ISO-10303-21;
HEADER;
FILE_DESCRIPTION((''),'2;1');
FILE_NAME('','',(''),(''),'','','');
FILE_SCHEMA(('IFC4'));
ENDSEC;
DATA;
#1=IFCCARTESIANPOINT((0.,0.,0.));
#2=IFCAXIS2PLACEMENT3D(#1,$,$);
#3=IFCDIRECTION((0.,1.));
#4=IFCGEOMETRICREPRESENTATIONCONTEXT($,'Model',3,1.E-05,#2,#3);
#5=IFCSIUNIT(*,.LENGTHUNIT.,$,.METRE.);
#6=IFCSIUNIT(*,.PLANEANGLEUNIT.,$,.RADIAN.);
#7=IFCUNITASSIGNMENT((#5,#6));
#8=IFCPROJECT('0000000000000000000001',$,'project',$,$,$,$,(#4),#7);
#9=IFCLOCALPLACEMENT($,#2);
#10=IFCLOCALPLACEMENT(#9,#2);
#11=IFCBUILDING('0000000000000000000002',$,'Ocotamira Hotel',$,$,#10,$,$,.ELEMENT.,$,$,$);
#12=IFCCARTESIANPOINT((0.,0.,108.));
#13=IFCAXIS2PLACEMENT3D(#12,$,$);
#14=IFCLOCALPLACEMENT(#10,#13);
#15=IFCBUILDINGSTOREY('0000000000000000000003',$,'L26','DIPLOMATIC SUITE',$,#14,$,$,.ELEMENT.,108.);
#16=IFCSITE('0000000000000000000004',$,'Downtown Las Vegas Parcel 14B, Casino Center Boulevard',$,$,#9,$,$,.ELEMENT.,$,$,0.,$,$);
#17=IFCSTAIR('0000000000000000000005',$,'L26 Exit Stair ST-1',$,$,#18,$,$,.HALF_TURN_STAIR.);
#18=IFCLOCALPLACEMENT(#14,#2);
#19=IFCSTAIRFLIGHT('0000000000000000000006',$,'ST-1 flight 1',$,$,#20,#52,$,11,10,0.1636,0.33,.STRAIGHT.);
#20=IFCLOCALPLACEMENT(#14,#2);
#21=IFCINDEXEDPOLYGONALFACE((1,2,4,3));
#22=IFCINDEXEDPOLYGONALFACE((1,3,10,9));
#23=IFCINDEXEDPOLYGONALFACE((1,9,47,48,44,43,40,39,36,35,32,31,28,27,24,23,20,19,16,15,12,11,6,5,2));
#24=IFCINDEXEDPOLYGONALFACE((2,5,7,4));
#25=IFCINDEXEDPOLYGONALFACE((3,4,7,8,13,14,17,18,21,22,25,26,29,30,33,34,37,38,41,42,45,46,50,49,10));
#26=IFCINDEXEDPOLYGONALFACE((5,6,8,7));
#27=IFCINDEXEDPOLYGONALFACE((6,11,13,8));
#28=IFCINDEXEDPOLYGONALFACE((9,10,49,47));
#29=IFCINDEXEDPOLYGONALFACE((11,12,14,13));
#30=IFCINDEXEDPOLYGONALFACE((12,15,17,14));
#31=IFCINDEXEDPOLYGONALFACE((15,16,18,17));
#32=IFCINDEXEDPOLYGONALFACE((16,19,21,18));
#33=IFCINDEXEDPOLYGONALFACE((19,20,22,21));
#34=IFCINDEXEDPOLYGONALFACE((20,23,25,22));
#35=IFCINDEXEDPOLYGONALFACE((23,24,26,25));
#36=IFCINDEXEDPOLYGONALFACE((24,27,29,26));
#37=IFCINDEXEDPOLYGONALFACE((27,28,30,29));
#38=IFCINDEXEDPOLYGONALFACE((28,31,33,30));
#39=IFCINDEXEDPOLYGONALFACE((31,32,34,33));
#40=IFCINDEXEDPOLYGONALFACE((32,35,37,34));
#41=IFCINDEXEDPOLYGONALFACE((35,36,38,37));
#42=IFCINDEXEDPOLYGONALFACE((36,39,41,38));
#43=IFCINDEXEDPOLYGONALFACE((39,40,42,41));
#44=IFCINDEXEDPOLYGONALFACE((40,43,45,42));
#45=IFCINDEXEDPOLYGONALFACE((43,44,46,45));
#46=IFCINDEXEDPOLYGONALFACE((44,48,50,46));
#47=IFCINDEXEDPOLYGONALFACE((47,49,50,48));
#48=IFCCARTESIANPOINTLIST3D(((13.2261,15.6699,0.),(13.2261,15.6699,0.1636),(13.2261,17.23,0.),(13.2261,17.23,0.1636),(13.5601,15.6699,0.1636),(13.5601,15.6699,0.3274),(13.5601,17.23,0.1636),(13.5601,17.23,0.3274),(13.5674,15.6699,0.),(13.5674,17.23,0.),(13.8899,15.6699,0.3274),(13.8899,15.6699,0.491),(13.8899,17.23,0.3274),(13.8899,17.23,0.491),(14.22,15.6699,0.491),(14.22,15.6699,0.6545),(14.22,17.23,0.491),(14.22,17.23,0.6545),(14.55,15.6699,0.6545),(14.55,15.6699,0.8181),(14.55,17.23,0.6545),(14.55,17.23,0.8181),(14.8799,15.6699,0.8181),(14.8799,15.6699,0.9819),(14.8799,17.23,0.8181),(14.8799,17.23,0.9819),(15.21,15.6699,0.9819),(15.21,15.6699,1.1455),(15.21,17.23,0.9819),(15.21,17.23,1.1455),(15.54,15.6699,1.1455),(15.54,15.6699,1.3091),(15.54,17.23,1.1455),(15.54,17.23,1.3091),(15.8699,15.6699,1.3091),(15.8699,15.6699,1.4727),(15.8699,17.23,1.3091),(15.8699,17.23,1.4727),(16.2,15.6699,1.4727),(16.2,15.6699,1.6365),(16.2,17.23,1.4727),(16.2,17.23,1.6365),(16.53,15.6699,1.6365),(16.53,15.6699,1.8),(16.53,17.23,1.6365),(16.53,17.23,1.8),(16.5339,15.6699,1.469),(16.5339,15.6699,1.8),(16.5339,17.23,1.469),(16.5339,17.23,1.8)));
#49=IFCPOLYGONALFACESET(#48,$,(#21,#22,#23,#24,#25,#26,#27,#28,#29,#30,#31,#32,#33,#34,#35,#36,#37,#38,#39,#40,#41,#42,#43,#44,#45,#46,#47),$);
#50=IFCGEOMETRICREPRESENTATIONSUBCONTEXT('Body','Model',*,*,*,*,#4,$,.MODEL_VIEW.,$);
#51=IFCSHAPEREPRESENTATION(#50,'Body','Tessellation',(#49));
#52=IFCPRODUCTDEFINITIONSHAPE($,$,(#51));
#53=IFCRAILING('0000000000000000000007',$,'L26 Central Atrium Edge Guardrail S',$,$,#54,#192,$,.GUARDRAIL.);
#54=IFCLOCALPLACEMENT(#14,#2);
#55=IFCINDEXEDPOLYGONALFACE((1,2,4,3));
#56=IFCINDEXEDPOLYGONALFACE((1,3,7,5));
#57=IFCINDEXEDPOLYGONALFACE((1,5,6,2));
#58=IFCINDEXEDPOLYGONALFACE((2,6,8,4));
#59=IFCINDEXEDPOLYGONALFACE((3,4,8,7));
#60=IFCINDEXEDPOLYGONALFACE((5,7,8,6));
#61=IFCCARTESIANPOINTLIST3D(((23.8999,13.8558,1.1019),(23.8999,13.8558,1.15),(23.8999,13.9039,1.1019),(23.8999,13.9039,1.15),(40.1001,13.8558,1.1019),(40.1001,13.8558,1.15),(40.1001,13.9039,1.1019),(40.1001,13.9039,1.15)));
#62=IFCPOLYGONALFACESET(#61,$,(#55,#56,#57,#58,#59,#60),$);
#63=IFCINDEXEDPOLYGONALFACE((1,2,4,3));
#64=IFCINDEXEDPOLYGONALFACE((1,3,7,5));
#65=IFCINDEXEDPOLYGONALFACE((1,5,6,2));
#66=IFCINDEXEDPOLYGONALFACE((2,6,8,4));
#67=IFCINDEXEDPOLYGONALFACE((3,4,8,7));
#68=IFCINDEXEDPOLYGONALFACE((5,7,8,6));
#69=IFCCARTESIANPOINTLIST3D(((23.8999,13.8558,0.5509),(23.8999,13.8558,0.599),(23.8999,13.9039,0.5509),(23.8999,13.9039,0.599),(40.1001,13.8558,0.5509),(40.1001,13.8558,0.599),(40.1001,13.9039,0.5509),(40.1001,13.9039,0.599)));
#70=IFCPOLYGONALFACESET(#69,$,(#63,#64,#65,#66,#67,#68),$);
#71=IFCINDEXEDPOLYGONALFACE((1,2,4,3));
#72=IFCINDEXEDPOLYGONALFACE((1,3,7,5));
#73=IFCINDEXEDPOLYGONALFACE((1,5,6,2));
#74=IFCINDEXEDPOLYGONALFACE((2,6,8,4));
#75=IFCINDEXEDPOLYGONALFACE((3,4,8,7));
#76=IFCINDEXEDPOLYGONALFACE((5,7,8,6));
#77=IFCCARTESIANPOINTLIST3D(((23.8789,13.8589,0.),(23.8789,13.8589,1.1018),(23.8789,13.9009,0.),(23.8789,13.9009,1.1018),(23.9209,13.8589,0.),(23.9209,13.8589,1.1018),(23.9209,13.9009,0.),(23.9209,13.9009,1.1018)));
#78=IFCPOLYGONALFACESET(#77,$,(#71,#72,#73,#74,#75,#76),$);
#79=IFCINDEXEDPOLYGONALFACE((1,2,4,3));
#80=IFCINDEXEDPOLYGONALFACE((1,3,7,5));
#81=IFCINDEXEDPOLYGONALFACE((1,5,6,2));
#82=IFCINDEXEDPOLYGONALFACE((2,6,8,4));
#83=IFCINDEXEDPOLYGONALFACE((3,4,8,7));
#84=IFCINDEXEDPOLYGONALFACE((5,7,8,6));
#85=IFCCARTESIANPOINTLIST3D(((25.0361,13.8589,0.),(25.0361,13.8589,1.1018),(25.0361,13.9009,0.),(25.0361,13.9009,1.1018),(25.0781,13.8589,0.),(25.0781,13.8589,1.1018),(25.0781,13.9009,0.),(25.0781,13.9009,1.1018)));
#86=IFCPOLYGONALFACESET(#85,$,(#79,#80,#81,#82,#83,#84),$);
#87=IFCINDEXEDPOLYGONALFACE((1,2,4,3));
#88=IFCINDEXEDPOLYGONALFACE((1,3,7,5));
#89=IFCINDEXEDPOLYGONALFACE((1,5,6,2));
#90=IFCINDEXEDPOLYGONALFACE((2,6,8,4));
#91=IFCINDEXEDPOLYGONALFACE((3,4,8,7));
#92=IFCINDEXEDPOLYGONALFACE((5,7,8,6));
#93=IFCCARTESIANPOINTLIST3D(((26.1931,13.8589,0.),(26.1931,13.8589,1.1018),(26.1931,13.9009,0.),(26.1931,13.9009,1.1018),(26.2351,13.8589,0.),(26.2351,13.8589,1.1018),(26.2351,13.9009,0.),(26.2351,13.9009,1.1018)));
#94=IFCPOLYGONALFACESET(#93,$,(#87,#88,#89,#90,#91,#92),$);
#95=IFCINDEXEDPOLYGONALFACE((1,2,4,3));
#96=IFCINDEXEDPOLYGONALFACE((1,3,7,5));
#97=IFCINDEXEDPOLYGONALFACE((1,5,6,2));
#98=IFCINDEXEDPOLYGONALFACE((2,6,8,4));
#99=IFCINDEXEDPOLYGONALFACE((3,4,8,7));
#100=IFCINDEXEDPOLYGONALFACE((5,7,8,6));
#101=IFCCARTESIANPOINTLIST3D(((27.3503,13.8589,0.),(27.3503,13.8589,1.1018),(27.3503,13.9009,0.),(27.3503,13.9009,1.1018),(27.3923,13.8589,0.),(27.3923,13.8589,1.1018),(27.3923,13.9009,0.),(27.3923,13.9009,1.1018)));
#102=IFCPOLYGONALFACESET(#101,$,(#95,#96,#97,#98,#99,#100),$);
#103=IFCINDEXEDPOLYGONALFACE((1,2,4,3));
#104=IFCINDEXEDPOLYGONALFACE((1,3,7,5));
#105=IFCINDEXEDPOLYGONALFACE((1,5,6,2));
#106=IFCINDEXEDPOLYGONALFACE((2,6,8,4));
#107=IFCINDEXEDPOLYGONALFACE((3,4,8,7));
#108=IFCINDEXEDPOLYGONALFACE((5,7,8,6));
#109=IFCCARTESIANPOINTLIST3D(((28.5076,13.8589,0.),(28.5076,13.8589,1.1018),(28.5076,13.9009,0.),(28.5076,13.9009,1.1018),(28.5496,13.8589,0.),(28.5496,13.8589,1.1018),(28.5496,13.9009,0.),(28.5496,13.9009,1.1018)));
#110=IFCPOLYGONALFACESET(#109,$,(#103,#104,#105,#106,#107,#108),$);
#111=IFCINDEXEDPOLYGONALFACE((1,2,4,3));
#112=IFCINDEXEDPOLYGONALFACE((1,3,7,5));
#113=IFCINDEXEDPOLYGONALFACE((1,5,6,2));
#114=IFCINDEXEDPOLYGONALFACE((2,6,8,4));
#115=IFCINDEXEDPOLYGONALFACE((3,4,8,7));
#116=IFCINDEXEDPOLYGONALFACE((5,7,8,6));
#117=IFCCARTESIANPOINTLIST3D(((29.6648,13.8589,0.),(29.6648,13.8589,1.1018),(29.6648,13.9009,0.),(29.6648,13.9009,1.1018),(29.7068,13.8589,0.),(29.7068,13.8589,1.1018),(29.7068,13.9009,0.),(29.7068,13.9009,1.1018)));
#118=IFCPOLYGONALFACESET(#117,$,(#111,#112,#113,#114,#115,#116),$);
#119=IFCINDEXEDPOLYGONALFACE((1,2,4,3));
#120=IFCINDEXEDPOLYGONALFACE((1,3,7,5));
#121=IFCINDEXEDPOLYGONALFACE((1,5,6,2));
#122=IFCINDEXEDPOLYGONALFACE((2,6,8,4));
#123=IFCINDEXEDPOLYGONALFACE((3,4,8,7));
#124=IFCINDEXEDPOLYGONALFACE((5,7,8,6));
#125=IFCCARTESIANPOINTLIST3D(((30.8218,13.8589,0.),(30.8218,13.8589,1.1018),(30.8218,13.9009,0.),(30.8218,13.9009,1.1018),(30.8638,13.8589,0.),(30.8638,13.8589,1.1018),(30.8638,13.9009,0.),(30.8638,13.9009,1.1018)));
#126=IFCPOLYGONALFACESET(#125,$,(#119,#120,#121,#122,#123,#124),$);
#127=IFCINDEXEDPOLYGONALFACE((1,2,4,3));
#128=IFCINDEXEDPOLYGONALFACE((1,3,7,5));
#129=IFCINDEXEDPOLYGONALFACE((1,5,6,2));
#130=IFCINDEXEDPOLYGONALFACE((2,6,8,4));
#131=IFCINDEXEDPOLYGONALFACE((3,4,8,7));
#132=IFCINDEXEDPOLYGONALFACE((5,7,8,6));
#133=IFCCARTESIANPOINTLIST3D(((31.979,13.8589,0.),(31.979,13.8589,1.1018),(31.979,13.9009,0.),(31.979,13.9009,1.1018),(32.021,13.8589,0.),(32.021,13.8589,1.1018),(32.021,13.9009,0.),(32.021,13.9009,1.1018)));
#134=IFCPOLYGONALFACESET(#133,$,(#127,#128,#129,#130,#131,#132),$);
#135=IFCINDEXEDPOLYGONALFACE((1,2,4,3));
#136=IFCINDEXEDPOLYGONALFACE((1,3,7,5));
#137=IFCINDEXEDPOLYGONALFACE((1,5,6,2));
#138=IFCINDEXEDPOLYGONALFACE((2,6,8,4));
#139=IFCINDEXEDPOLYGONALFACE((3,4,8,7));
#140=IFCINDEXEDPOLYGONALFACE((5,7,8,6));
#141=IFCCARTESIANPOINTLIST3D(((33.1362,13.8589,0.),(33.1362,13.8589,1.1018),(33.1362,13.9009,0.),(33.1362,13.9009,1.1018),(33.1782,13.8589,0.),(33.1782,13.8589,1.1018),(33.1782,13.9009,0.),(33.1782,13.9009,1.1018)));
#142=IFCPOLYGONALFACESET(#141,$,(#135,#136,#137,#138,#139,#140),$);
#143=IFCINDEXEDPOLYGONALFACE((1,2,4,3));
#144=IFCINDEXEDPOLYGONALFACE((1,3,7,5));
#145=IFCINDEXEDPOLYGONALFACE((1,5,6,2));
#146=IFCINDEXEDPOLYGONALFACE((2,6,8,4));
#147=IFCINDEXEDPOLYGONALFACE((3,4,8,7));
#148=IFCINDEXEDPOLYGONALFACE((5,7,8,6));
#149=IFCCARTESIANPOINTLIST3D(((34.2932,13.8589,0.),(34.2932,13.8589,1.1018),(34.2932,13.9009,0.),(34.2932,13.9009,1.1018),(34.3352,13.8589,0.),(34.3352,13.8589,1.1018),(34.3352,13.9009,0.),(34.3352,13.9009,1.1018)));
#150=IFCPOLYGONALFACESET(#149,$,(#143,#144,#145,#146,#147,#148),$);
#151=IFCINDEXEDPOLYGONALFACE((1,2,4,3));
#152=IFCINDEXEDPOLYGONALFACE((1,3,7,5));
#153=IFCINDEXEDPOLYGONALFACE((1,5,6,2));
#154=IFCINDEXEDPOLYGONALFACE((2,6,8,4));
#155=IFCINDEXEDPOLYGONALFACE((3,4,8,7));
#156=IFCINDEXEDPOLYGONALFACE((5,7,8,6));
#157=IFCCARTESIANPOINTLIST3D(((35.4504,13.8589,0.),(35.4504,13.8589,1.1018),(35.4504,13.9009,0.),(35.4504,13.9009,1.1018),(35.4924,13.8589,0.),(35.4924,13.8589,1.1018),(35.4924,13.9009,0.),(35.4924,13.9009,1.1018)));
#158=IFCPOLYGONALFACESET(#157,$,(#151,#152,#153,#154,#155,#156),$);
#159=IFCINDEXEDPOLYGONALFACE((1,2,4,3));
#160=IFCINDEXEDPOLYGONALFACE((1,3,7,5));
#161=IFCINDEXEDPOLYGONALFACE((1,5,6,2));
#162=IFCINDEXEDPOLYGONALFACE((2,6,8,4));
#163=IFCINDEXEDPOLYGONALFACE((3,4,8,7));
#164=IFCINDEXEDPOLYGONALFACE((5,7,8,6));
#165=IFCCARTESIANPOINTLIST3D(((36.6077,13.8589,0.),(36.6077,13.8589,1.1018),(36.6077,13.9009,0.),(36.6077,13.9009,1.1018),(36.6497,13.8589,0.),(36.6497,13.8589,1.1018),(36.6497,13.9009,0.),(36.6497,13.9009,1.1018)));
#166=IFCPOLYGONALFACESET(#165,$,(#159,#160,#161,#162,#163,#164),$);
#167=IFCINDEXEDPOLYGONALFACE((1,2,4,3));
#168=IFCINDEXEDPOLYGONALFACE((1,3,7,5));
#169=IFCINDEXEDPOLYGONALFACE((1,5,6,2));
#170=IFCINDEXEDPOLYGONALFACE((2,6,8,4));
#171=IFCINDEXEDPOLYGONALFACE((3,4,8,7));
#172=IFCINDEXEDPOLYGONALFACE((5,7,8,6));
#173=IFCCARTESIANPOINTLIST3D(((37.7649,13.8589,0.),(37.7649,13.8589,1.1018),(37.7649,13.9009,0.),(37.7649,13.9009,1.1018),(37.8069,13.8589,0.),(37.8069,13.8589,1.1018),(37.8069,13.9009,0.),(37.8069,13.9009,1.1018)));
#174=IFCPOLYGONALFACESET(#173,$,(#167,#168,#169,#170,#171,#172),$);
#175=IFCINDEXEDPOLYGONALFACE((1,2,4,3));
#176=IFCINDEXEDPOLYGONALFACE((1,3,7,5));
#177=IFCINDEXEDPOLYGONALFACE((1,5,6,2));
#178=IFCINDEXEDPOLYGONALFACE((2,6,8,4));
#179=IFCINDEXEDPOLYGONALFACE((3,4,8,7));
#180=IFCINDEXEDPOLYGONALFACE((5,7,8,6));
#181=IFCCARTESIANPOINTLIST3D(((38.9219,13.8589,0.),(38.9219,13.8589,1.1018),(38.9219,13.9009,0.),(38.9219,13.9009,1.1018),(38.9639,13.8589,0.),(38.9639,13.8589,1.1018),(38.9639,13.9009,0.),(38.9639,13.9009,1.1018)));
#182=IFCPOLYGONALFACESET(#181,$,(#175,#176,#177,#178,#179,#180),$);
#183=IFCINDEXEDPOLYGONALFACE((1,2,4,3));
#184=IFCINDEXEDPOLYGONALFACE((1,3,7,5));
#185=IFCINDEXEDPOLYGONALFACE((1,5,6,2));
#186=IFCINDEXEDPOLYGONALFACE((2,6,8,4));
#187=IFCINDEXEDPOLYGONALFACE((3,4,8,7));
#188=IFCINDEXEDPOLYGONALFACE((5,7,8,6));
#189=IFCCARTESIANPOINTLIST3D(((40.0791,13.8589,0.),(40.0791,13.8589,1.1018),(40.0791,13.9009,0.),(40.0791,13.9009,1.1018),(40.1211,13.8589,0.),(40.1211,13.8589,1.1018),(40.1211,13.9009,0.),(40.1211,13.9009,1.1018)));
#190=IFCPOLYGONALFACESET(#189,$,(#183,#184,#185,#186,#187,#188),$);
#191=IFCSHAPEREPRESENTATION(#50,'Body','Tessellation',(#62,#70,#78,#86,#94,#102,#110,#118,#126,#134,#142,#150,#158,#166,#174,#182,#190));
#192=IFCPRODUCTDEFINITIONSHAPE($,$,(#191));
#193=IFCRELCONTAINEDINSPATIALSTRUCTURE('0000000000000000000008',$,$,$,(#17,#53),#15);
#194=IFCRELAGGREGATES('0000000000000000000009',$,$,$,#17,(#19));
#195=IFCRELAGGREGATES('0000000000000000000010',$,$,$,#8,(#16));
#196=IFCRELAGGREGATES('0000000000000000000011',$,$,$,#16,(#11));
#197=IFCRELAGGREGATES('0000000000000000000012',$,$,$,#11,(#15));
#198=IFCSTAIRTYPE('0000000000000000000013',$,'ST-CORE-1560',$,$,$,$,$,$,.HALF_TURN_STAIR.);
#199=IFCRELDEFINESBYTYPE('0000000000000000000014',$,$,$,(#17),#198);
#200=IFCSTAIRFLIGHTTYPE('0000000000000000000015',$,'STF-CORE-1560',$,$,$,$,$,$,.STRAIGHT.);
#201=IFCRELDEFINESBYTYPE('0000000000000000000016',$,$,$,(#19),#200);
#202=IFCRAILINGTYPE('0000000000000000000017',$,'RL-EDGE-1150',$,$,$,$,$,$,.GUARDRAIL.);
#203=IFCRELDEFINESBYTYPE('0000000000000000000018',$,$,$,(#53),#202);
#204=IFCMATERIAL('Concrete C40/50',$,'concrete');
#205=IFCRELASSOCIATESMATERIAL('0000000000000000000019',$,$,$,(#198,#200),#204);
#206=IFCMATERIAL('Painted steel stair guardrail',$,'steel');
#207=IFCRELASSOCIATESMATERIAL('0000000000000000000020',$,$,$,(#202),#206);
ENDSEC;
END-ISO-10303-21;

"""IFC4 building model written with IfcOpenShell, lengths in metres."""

from ifc_helpers import new_model, si_unit, direction, frame, origin, origin_2d, place, context, subcontext, project, spatial, polyline, rectangle, outline, extrude, source, transform, mapped, material, type_object, element, aggregate, save


model = new_model("IFC4")

# Units and contexts
model_context = context("Model", 3, precision=1e-05, world=origin(), true_north=direction((0.0, 1.0)))
body_context = subcontext(model_context, "Body", "Model", "MODEL_VIEW")
ifc_project = project(units=[si_unit("LENGTHUNIT", "METRE"), si_unit("PLANEANGLEUNIT", "RADIAN")], contexts=[model_context])

# Site, building, storey
site_placement = place(None, origin())
site = spatial("IfcSite", under=ifc_project, at=site_placement, Name="Downtown Las Vegas Parcel 14B, Casino Center Boulevard", CompositionType="ELEMENT", RefElevation=0.0)
building_placement = place(site_placement, origin())
building = spatial("IfcBuilding", under=site, at=building_placement, Name="Ocotamira Hotel", CompositionType="ELEMENT")
storey_placement = place(building_placement, frame((0.0, 0.0, 108.0)))
storey = spatial("IfcBuildingStorey", under=building, at=storey_placement, Name="L26", Description="DIPLOMATIC SUITE", CompositionType="ELEMENT", Elevation=108.0)

# Stair, stair flight
ifc_material_1 = material(Name="Concrete C40/50", Category="concrete")
stair_type = type_object("IfcStairType", Name="ST-CORE-1560", PredefinedType="HALF_TURN_STAIR", material=ifc_material_1)
stair_placement = place(storey_placement, origin())
stair = element("IfcStair", 1, at=stair_placement, inside=storey, type_object=stair_type, Name="L26 Exit Stair ST-1", PredefinedType="HALF_TURN_STAIR")
stair_flight_type = type_object("IfcStairFlightType", Name="STF-CORE-1560", PredefinedType="STRAIGHT", material=ifc_material_1)
shared_shape_1 = source(origin(), body_context, "Body", "SweptSolid", [
    extrude(outline(polyline([(-0.0039, 0.0), (-0.0039, 0.1636), (0.3301, 0.1636), (0.3301, 0.3274), (0.6599, 0.3274), (0.6599, 0.491), (0.99, 0.491), (0.99, 0.6545), (1.3201, 0.6545), (1.3201, 0.8181), (1.6499, 0.8181), (1.6499, 0.9819), (1.98, 0.9819), (1.98, 1.1455), (2.3101, 1.1455), (2.3101, 1.3091), (2.6399, 1.3091), (2.6399, 1.4727), (2.97, 1.4727), (2.97, 1.6365), (3.3, 1.6365), (3.3, 1.8), (3.304, 1.8), (3.304, 1.469), (0.3374, 0.0), (-0.0039, 0.0)])), frame((0.0, 0.78, 0.0), z_axis=(0.0, -1.0, 0.0), x_axis=(1.0, 0.0, 0.0)), (0.0, 0.0, 1.0), 1.5601),
])
stair_flight_placement = place(storey_placement, frame((13.23, 16.45, 0.0), z_axis=(0.0, 0.0, 1.0), x_axis=(1.0, 0.0, 0.0)))
stair_flight = element("IfcStairFlight", 2, at=stair_flight_placement, type_object=stair_flight_type, Name="ST-1 flight 1", NumberOfRisers=11, NumberOfTreads=10, PredefinedType="STRAIGHT", RiserHeight=0.1636, TreadLength=0.33, context=body_context, shape_type="MappedRepresentation", body=[
    mapped(shared_shape_1, transform((0.0, 0.0, 0.0), scale=1.0)),
])
aggregate(stair, [stair_flight])

# Railing
ifc_material_2 = material(Name="Painted steel stair guardrail", Category="steel")
railing_type_1 = type_object("IfcRailingType", Name="RL-EDGE-1150", PredefinedType="GUARDRAIL", material=ifc_material_2)
railing_1_placement = place(storey_placement, frame((23.8999, 13.8799, 0.0)))
element("IfcRailing", 3, at=railing_1_placement, inside=storey, type_object=railing_type_1, Name="L26 Central Atrium Edge Guardrail S", PredefinedType="GUARDRAIL", context=body_context, shape_type="SweptSolid", body=[
    extrude(rectangle(XDim=0.0481, YDim=0.0481, at=origin_2d()), frame((0.0, 0.0, 1.126), z_axis=(1.0, 0.0, 0.0), x_axis=(0.0, 1.0, 0.0)), (0.0, 0.0, 1.0), 16.2002),
    extrude(rectangle(XDim=0.0481, YDim=0.0481, at=origin_2d()), frame((0.0, 0.0, 0.575), z_axis=(1.0, 0.0, 0.0), x_axis=(0.0, 1.0, 0.0)), (0.0, 0.0, 1.0), 16.2002),
    extrude(rectangle(XDim=0.042, YDim=0.042, at=origin_2d()), origin(), (0.0, 0.0, 1.0), 1.1018),
    extrude(rectangle(XDim=0.042, YDim=0.042, at=origin_2d()), frame((1.1572, 0.0, 0.0)), (0.0, 0.0, 1.0), 1.1018),
    extrude(rectangle(XDim=0.042, YDim=0.042, at=origin_2d()), frame((2.3142, 0.0, 0.0)), (0.0, 0.0, 1.0), 1.1018),
    extrude(rectangle(XDim=0.042, YDim=0.042, at=origin_2d()), frame((3.4714, 0.0, 0.0)), (0.0, 0.0, 1.0), 1.1018),
    extrude(rectangle(XDim=0.042, YDim=0.042, at=origin_2d()), frame((4.6287, 0.0, 0.0)), (0.0, 0.0, 1.0), 1.1018),
    extrude(rectangle(XDim=0.042, YDim=0.042, at=origin_2d()), frame((5.7859, 0.0, 0.0)), (0.0, 0.0, 1.0), 1.1018),
    extrude(rectangle(XDim=0.042, YDim=0.042, at=origin_2d()), frame((6.9429, 0.0, 0.0)), (0.0, 0.0, 1.0), 1.1018),
    extrude(rectangle(XDim=0.042, YDim=0.042, at=origin_2d()), frame((8.1001, 0.0, 0.0)), (0.0, 0.0, 1.0), 1.1018),
    extrude(rectangle(XDim=0.042, YDim=0.042, at=origin_2d()), frame((9.2573, 0.0, 0.0)), (0.0, 0.0, 1.0), 1.1018),
    extrude(rectangle(XDim=0.042, YDim=0.042, at=origin_2d()), frame((10.4143, 0.0, 0.0)), (0.0, 0.0, 1.0), 1.1018),
    extrude(rectangle(XDim=0.042, YDim=0.042, at=origin_2d()), frame((11.5715, 0.0, 0.0)), (0.0, 0.0, 1.0), 1.1018),
    extrude(rectangle(XDim=0.042, YDim=0.042, at=origin_2d()), frame((12.7288, 0.0, 0.0)), (0.0, 0.0, 1.0), 1.1018),
    extrude(rectangle(XDim=0.042, YDim=0.042, at=origin_2d()), frame((13.886, 0.0, 0.0)), (0.0, 0.0, 1.0), 1.1018),
    extrude(rectangle(XDim=0.042, YDim=0.042, at=origin_2d()), frame((15.043, 0.0, 0.0)), (0.0, 0.0, 1.0), 1.1018),
    extrude(rectangle(XDim=0.042, YDim=0.042, at=origin_2d()), frame((16.2002, 0.0, 0.0)), (0.0, 0.0, 1.0), 1.1018),
])

save(model, "model.ifc")
